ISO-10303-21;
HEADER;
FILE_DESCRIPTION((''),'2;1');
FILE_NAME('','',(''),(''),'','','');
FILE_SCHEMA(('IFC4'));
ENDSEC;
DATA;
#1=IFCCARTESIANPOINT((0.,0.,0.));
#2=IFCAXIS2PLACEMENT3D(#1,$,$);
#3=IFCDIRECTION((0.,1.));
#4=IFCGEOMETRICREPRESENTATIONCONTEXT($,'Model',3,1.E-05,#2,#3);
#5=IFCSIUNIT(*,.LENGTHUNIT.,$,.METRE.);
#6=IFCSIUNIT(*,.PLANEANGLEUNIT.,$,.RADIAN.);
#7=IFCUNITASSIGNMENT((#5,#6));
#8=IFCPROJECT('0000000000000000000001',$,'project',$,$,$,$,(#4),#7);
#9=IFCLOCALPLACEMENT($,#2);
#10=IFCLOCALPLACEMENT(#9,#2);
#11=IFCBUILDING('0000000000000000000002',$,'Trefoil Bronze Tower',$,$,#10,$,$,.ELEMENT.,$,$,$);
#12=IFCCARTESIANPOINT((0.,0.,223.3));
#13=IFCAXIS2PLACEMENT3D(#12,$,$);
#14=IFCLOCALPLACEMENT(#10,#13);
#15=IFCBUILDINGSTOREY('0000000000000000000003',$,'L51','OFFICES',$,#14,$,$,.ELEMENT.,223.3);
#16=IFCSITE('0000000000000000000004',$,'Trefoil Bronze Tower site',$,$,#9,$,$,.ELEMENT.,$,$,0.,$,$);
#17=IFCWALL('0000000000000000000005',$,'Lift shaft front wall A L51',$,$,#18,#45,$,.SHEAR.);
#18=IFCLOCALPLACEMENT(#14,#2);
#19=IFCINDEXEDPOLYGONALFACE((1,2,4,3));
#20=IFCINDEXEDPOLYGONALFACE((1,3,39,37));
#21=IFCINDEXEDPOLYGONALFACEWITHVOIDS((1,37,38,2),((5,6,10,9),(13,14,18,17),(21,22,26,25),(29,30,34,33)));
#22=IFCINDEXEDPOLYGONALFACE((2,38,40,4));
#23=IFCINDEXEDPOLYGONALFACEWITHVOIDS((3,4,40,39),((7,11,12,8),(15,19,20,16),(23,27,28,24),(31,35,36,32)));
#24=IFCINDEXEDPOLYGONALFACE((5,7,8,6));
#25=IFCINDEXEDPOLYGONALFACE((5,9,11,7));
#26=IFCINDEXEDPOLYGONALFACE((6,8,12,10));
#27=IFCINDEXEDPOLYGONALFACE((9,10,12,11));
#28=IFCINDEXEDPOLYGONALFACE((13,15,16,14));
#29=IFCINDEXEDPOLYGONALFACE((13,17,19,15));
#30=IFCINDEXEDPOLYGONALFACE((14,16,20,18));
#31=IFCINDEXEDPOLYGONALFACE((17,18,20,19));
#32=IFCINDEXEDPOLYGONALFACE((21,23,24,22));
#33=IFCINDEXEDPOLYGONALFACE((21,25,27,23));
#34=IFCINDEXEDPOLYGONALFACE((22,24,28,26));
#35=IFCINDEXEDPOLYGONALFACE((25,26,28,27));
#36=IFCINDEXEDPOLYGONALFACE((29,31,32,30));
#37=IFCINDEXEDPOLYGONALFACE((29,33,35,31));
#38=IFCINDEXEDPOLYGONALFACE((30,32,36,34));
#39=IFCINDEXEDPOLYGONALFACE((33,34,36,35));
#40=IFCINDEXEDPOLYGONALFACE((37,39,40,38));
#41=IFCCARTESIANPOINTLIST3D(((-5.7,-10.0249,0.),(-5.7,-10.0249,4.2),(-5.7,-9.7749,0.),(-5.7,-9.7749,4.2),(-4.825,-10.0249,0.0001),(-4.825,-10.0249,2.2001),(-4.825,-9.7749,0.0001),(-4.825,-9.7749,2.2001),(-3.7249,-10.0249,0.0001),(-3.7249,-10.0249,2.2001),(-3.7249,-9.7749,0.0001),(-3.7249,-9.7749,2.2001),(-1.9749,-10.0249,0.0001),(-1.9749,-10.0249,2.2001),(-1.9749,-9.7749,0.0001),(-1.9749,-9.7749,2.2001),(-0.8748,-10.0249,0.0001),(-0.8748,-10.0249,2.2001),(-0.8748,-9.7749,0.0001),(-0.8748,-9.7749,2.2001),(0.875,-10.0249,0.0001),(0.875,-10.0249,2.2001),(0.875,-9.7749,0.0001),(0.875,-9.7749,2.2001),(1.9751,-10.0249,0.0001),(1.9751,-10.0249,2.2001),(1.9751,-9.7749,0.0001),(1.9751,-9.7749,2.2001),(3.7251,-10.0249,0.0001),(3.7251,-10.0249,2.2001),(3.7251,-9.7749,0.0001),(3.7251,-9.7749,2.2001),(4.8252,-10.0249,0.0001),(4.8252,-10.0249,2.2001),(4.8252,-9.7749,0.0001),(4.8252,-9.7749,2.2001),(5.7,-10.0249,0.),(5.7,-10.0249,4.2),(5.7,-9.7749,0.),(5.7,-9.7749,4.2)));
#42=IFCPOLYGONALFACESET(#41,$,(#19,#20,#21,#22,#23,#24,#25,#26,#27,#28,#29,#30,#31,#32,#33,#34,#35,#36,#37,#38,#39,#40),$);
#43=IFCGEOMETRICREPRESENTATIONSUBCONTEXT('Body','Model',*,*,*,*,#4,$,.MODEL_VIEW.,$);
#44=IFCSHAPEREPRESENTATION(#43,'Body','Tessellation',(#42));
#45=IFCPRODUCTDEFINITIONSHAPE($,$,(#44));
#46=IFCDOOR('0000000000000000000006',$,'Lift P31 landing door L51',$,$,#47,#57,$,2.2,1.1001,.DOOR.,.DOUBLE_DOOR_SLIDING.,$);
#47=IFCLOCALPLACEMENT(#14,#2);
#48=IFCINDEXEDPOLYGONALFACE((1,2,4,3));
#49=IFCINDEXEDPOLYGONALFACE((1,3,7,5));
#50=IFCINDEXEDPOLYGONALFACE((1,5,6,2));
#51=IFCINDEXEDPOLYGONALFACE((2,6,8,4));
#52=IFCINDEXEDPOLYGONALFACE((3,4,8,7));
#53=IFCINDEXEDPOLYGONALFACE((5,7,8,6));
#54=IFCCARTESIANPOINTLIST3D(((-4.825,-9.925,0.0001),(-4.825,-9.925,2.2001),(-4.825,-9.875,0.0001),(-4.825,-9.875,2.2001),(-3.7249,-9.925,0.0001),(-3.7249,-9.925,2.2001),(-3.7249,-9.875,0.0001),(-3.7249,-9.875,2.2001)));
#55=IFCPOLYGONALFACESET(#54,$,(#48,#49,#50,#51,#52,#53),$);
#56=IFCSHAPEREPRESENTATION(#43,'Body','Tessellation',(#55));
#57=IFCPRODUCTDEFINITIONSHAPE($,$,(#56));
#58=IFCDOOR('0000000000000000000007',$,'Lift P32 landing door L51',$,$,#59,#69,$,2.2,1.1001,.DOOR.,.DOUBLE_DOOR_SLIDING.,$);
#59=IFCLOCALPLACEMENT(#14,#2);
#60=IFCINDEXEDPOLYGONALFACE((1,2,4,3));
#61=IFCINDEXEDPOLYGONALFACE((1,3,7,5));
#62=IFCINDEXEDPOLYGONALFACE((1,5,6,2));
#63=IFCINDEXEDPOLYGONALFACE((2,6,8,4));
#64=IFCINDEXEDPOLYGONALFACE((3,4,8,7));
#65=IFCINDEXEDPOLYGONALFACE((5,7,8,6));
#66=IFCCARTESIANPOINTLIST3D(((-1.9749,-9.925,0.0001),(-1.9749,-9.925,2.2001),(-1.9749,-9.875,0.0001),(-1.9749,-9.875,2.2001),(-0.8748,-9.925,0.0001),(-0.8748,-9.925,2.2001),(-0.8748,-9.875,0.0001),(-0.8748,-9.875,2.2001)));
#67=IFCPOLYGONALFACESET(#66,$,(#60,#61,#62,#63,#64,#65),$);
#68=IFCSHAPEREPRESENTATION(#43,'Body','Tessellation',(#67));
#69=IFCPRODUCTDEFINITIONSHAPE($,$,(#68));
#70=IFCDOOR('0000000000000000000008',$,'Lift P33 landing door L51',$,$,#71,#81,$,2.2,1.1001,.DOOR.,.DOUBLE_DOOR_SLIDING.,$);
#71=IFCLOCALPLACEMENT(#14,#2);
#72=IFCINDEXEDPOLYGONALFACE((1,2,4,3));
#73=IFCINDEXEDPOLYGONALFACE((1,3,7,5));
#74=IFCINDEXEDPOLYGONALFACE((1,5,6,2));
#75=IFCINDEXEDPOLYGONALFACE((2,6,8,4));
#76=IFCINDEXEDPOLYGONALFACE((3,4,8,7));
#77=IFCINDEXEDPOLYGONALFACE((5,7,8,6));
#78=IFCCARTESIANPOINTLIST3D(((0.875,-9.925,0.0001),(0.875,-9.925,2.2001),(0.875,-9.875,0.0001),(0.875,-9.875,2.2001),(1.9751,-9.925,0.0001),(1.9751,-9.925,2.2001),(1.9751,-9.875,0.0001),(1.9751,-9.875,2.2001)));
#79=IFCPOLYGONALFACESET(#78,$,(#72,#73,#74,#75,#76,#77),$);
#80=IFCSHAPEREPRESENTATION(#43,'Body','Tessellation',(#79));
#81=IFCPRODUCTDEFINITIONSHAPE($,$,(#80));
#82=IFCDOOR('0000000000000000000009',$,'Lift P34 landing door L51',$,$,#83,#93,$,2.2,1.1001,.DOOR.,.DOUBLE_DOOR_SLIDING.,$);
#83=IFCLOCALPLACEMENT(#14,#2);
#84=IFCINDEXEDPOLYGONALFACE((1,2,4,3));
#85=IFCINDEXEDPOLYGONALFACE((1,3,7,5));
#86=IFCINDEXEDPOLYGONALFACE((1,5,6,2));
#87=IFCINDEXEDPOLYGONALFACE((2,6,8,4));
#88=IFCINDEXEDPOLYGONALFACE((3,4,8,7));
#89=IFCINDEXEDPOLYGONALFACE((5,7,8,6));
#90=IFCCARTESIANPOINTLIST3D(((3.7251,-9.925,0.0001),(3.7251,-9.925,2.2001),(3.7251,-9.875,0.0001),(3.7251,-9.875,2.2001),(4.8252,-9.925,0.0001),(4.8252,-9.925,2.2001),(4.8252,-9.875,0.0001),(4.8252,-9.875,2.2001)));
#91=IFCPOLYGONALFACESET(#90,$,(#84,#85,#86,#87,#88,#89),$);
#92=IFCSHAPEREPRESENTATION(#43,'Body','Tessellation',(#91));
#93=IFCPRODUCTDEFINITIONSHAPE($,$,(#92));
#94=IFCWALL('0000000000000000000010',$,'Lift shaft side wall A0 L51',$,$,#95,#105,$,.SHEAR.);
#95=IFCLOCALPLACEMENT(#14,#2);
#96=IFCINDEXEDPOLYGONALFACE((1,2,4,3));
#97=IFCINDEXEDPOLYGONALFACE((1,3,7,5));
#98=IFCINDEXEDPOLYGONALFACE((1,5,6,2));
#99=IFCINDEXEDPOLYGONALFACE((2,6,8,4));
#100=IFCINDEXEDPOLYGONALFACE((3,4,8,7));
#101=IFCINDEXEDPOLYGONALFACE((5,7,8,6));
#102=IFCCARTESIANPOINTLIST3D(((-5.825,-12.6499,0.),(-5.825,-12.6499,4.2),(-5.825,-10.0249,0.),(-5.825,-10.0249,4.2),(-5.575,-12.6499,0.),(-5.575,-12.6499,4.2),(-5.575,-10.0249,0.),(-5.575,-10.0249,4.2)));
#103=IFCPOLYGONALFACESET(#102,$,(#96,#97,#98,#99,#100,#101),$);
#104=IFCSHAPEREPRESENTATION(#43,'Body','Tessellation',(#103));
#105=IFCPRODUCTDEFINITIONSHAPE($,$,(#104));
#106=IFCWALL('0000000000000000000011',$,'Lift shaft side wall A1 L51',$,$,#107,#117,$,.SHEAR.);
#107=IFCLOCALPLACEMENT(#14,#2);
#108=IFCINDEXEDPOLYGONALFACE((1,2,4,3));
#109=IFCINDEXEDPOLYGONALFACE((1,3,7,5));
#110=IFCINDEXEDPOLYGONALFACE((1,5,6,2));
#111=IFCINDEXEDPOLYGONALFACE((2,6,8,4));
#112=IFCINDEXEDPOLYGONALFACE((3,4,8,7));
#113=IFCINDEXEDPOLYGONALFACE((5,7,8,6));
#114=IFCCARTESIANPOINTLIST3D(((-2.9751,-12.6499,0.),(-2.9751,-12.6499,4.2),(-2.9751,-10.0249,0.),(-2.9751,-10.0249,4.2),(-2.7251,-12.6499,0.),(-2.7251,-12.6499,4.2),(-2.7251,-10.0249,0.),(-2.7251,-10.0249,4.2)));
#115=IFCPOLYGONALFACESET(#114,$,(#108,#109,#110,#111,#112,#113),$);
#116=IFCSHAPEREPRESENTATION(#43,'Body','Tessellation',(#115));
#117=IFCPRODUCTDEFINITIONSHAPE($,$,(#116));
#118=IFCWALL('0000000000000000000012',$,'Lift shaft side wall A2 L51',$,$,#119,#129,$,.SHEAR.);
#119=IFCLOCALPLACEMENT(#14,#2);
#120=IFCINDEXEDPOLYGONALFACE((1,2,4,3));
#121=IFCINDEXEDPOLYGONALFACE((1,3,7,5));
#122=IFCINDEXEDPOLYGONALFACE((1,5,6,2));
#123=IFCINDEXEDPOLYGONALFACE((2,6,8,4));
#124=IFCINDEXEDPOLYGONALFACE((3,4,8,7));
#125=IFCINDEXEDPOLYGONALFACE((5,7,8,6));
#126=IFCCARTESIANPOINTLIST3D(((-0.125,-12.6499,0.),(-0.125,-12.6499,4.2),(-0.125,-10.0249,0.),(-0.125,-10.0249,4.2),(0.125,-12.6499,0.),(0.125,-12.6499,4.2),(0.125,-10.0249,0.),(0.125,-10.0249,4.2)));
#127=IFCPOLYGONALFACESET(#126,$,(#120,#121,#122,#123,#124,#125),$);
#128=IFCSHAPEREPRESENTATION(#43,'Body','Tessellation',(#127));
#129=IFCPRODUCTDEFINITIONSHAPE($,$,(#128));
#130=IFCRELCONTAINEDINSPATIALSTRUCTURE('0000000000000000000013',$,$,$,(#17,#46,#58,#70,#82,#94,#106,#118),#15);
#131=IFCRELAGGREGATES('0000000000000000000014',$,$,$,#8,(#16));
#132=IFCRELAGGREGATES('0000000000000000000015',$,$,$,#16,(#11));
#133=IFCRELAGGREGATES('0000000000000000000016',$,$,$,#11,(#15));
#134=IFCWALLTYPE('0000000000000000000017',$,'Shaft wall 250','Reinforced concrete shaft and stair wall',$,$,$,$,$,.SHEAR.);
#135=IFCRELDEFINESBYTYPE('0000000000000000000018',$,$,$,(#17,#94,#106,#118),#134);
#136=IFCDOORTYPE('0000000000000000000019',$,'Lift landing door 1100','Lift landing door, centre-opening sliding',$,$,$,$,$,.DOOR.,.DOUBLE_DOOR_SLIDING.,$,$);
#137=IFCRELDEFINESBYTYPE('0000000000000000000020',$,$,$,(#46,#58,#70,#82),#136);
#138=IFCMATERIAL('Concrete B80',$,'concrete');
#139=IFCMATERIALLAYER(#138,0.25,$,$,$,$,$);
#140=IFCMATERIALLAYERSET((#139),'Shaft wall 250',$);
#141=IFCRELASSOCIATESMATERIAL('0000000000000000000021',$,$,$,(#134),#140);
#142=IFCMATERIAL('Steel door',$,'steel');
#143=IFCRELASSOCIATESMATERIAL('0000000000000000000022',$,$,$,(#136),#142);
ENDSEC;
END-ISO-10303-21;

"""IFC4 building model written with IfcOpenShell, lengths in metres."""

from ifc_helpers import new_model, si_unit, direction, frame, frame_2d, origin, place, context, subcontext, project, spatial, rectangle, extrude, material, layer, layer_set, type_object, element, fill, save


model = new_model("IFC4")

# Units and contexts
model_context = context("Model", 3, precision=1e-05, world=origin(), true_north=direction((0.0, 1.0)))
body_context = subcontext(model_context, "Body", "Model", "MODEL_VIEW")
ifc_project = project(units=[si_unit("LENGTHUNIT", "METRE"), si_unit("PLANEANGLEUNIT", "RADIAN")], contexts=[model_context])

# Site, building, storey
site_placement = place(None, origin())
site = spatial("IfcSite", under=ifc_project, at=site_placement, Name="Trefoil Bronze Tower site", CompositionType="ELEMENT", RefElevation=0.0)
building_placement = place(site_placement, origin())
building = spatial("IfcBuilding", under=site, at=building_placement, Name="Trefoil Bronze Tower", CompositionType="ELEMENT")
storey_placement = place(building_placement, frame((0.0, 0.0, 223.3)))
storey = spatial("IfcBuildingStorey", under=building, at=storey_placement, Name="L51", Description="OFFICES", CompositionType="ELEMENT", Elevation=223.3)

# Wall, openings, doors
ifc_material_1 = material(Name="Concrete B80", Category="concrete")
ifc_layer_1 = layer(ifc_material_1, 0.25)
ifc_layer_set_1 = layer_set([ifc_layer_1], Name="Shaft wall 250")
wall_type_1 = type_object("IfcWallType", Name="Shaft wall 250", Description="Reinforced concrete shaft and stair wall", PredefinedType="SHEAR", material=ifc_layer_set_1)
wall_1_placement = place(storey_placement, frame((-5.7, -9.8999, 0.0), z_axis=(0.0, 0.0, 1.0), x_axis=(1.0, 0.0, 0.0)))
wall_1 = element("IfcWall", 1, at=wall_1_placement, inside=storey, type_object=wall_type_1, Name="Lift shaft front wall A L51", PredefinedType="SHEAR", context=body_context, shape_type="SweptSolid", body=[
    extrude(rectangle(XDim=11.3999, YDim=0.25, at=frame_2d((5.7, 0.0))), origin(), (0.0, 0.0, 1.0), 4.2),
])
opening_1_placement = place(wall_1_placement, frame((0.875, 0.0, 0.0)))
opening_1 = element("IfcOpeningElement", 2, at=opening_1_placement, cuts=wall_1, PredefinedType="OPENING", context=body_context, shape_type="SweptSolid", body=[
    extrude(rectangle(XDim=1.1001, YDim=2.2, at=frame_2d((0.55, 1.1001))), frame((0.0, 0.135, 0.0), z_axis=(0.0, -1.0, 0.0), x_axis=(1.0, 0.0, 0.0)), (0.0, 0.0, 1.0), 0.27),
])
opening_2_placement = place(wall_1_placement, frame((3.7251, 0.0, 0.0)))
opening_2 = element("IfcOpeningElement", 3, at=opening_2_placement, cuts=wall_1, PredefinedType="OPENING", context=body_context, shape_type="SweptSolid", body=[
    extrude(rectangle(XDim=1.1001, YDim=2.2, at=frame_2d((0.55, 1.1001))), frame((0.0, 0.135, 0.0), z_axis=(0.0, -1.0, 0.0), x_axis=(1.0, 0.0, 0.0)), (0.0, 0.0, 1.0), 0.27),
])
opening_3_placement = place(wall_1_placement, frame((6.575, 0.0, 0.0)))
opening_3 = element("IfcOpeningElement", 4, at=opening_3_placement, cuts=wall_1, PredefinedType="OPENING", context=body_context, shape_type="SweptSolid", body=[
    extrude(rectangle(XDim=1.1001, YDim=2.2, at=frame_2d((0.55, 1.1001))), frame((0.0, 0.135, 0.0), z_axis=(0.0, -1.0, 0.0), x_axis=(1.0, 0.0, 0.0)), (0.0, 0.0, 1.0), 0.27),
])
opening_4_placement = place(wall_1_placement, frame((9.425, 0.0, 0.0)))
opening_4 = element("IfcOpeningElement", 5, at=opening_4_placement, cuts=wall_1, PredefinedType="OPENING", context=body_context, shape_type="SweptSolid", body=[
    extrude(rectangle(XDim=1.1001, YDim=2.2, at=frame_2d((0.55, 1.1001))), frame((0.0, 0.135, 0.0), z_axis=(0.0, -1.0, 0.0), x_axis=(1.0, 0.0, 0.0)), (0.0, 0.0, 1.0), 0.27),
])
ifc_material_2 = material(Name="Steel door", Category="steel")
door_type_1 = type_object("IfcDoorType", Name="Lift landing door 1100", Description="Lift landing door, centre-opening sliding", OperationType="DOUBLE_DOOR_SLIDING", PredefinedType="DOOR", material=ifc_material_2)
door_1_placement = place(opening_1_placement, origin())
door_1 = element("IfcDoor", 6, at=door_1_placement, inside=storey, type_object=door_type_1, Name="Lift P31 landing door L51", OperationType="DOUBLE_DOOR_SLIDING", OverallHeight=2.2, OverallWidth=1.1001, PredefinedType="DOOR", context=body_context, shape_type="SweptSolid", body=[
    extrude(rectangle(XDim=1.1001, YDim=2.2, at=frame_2d((0.55, 1.1001))), frame((0.0, 0.0249, 0.0), z_axis=(0.0, -1.0, 0.0), x_axis=(1.0, 0.0, 0.0)), (0.0, 0.0, 1.0), 0.05),
])
fill(opening_1, door_1)
door_2_placement = place(opening_2_placement, origin())
door_2 = element("IfcDoor", 7, at=door_2_placement, inside=storey, type_object=door_type_1, Name="Lift P32 landing door L51", OperationType="DOUBLE_DOOR_SLIDING", OverallHeight=2.2, OverallWidth=1.1001, PredefinedType="DOOR", context=body_context, shape_type="SweptSolid", body=[
    extrude(rectangle(XDim=1.1001, YDim=2.2, at=frame_2d((0.55, 1.1001))), frame((0.0, 0.0249, 0.0), z_axis=(0.0, -1.0, 0.0), x_axis=(1.0, 0.0, 0.0)), (0.0, 0.0, 1.0), 0.05),
])
fill(opening_2, door_2)
door_3_placement = place(opening_3_placement, origin())
door_3 = element("IfcDoor", 8, at=door_3_placement, inside=storey, type_object=door_type_1, Name="Lift P33 landing door L51", OperationType="DOUBLE_DOOR_SLIDING", OverallHeight=2.2, OverallWidth=1.1001, PredefinedType="DOOR", context=body_context, shape_type="SweptSolid", body=[
    extrude(rectangle(XDim=1.1001, YDim=2.2, at=frame_2d((0.55, 1.1001))), frame((0.0, 0.0249, 0.0), z_axis=(0.0, -1.0, 0.0), x_axis=(1.0, 0.0, 0.0)), (0.0, 0.0, 1.0), 0.05),
])
fill(opening_3, door_3)
door_4_placement = place(opening_4_placement, origin())
door_4 = element("IfcDoor", 9, at=door_4_placement, inside=storey, type_object=door_type_1, Name="Lift P34 landing door L51", OperationType="DOUBLE_DOOR_SLIDING", OverallHeight=2.2, OverallWidth=1.1001, PredefinedType="DOOR", context=body_context, shape_type="SweptSolid", body=[
    extrude(rectangle(XDim=1.1001, YDim=2.2, at=frame_2d((0.55, 1.1001))), frame((0.0, 0.0249, 0.0), z_axis=(0.0, -1.0, 0.0), x_axis=(1.0, 0.0, 0.0)), (0.0, 0.0, 1.0), 0.05),
])
fill(opening_4, door_4)

# Walls
for number, where, z_axis, x_axis, name in (
    (10, (-5.7, -10.0249, 0.0), (0.0, 0.0, 1.0), (0.0, -1.0, 0.0), "Lift shaft side wall A0 L51"),
    (11, (-2.8501, -10.0249, 0.0), (0.0, 0.0, 1.0), (0.0, -1.0, 0.0), "Lift shaft side wall A1 L51"),
    (12, (0.0, -10.0249, 0.0), (0.0, 0.0, 1.0), (0.0, -1.0, 0.0), "Lift shaft side wall A2 L51"),
):
    element("IfcWall", number, at=place(storey_placement, frame(where, z_axis=z_axis, x_axis=x_axis)), inside=storey, type_object=wall_type_1, Name=name, PredefinedType="SHEAR", context=body_context, shape_type="SweptSolid", body=[
        extrude(rectangle(XDim=2.625, YDim=0.25, at=frame_2d((1.3125, 0.0))), origin(), (0.0, 0.0, 1.0), 4.2),
    ])

save(model, "model.ifc")
